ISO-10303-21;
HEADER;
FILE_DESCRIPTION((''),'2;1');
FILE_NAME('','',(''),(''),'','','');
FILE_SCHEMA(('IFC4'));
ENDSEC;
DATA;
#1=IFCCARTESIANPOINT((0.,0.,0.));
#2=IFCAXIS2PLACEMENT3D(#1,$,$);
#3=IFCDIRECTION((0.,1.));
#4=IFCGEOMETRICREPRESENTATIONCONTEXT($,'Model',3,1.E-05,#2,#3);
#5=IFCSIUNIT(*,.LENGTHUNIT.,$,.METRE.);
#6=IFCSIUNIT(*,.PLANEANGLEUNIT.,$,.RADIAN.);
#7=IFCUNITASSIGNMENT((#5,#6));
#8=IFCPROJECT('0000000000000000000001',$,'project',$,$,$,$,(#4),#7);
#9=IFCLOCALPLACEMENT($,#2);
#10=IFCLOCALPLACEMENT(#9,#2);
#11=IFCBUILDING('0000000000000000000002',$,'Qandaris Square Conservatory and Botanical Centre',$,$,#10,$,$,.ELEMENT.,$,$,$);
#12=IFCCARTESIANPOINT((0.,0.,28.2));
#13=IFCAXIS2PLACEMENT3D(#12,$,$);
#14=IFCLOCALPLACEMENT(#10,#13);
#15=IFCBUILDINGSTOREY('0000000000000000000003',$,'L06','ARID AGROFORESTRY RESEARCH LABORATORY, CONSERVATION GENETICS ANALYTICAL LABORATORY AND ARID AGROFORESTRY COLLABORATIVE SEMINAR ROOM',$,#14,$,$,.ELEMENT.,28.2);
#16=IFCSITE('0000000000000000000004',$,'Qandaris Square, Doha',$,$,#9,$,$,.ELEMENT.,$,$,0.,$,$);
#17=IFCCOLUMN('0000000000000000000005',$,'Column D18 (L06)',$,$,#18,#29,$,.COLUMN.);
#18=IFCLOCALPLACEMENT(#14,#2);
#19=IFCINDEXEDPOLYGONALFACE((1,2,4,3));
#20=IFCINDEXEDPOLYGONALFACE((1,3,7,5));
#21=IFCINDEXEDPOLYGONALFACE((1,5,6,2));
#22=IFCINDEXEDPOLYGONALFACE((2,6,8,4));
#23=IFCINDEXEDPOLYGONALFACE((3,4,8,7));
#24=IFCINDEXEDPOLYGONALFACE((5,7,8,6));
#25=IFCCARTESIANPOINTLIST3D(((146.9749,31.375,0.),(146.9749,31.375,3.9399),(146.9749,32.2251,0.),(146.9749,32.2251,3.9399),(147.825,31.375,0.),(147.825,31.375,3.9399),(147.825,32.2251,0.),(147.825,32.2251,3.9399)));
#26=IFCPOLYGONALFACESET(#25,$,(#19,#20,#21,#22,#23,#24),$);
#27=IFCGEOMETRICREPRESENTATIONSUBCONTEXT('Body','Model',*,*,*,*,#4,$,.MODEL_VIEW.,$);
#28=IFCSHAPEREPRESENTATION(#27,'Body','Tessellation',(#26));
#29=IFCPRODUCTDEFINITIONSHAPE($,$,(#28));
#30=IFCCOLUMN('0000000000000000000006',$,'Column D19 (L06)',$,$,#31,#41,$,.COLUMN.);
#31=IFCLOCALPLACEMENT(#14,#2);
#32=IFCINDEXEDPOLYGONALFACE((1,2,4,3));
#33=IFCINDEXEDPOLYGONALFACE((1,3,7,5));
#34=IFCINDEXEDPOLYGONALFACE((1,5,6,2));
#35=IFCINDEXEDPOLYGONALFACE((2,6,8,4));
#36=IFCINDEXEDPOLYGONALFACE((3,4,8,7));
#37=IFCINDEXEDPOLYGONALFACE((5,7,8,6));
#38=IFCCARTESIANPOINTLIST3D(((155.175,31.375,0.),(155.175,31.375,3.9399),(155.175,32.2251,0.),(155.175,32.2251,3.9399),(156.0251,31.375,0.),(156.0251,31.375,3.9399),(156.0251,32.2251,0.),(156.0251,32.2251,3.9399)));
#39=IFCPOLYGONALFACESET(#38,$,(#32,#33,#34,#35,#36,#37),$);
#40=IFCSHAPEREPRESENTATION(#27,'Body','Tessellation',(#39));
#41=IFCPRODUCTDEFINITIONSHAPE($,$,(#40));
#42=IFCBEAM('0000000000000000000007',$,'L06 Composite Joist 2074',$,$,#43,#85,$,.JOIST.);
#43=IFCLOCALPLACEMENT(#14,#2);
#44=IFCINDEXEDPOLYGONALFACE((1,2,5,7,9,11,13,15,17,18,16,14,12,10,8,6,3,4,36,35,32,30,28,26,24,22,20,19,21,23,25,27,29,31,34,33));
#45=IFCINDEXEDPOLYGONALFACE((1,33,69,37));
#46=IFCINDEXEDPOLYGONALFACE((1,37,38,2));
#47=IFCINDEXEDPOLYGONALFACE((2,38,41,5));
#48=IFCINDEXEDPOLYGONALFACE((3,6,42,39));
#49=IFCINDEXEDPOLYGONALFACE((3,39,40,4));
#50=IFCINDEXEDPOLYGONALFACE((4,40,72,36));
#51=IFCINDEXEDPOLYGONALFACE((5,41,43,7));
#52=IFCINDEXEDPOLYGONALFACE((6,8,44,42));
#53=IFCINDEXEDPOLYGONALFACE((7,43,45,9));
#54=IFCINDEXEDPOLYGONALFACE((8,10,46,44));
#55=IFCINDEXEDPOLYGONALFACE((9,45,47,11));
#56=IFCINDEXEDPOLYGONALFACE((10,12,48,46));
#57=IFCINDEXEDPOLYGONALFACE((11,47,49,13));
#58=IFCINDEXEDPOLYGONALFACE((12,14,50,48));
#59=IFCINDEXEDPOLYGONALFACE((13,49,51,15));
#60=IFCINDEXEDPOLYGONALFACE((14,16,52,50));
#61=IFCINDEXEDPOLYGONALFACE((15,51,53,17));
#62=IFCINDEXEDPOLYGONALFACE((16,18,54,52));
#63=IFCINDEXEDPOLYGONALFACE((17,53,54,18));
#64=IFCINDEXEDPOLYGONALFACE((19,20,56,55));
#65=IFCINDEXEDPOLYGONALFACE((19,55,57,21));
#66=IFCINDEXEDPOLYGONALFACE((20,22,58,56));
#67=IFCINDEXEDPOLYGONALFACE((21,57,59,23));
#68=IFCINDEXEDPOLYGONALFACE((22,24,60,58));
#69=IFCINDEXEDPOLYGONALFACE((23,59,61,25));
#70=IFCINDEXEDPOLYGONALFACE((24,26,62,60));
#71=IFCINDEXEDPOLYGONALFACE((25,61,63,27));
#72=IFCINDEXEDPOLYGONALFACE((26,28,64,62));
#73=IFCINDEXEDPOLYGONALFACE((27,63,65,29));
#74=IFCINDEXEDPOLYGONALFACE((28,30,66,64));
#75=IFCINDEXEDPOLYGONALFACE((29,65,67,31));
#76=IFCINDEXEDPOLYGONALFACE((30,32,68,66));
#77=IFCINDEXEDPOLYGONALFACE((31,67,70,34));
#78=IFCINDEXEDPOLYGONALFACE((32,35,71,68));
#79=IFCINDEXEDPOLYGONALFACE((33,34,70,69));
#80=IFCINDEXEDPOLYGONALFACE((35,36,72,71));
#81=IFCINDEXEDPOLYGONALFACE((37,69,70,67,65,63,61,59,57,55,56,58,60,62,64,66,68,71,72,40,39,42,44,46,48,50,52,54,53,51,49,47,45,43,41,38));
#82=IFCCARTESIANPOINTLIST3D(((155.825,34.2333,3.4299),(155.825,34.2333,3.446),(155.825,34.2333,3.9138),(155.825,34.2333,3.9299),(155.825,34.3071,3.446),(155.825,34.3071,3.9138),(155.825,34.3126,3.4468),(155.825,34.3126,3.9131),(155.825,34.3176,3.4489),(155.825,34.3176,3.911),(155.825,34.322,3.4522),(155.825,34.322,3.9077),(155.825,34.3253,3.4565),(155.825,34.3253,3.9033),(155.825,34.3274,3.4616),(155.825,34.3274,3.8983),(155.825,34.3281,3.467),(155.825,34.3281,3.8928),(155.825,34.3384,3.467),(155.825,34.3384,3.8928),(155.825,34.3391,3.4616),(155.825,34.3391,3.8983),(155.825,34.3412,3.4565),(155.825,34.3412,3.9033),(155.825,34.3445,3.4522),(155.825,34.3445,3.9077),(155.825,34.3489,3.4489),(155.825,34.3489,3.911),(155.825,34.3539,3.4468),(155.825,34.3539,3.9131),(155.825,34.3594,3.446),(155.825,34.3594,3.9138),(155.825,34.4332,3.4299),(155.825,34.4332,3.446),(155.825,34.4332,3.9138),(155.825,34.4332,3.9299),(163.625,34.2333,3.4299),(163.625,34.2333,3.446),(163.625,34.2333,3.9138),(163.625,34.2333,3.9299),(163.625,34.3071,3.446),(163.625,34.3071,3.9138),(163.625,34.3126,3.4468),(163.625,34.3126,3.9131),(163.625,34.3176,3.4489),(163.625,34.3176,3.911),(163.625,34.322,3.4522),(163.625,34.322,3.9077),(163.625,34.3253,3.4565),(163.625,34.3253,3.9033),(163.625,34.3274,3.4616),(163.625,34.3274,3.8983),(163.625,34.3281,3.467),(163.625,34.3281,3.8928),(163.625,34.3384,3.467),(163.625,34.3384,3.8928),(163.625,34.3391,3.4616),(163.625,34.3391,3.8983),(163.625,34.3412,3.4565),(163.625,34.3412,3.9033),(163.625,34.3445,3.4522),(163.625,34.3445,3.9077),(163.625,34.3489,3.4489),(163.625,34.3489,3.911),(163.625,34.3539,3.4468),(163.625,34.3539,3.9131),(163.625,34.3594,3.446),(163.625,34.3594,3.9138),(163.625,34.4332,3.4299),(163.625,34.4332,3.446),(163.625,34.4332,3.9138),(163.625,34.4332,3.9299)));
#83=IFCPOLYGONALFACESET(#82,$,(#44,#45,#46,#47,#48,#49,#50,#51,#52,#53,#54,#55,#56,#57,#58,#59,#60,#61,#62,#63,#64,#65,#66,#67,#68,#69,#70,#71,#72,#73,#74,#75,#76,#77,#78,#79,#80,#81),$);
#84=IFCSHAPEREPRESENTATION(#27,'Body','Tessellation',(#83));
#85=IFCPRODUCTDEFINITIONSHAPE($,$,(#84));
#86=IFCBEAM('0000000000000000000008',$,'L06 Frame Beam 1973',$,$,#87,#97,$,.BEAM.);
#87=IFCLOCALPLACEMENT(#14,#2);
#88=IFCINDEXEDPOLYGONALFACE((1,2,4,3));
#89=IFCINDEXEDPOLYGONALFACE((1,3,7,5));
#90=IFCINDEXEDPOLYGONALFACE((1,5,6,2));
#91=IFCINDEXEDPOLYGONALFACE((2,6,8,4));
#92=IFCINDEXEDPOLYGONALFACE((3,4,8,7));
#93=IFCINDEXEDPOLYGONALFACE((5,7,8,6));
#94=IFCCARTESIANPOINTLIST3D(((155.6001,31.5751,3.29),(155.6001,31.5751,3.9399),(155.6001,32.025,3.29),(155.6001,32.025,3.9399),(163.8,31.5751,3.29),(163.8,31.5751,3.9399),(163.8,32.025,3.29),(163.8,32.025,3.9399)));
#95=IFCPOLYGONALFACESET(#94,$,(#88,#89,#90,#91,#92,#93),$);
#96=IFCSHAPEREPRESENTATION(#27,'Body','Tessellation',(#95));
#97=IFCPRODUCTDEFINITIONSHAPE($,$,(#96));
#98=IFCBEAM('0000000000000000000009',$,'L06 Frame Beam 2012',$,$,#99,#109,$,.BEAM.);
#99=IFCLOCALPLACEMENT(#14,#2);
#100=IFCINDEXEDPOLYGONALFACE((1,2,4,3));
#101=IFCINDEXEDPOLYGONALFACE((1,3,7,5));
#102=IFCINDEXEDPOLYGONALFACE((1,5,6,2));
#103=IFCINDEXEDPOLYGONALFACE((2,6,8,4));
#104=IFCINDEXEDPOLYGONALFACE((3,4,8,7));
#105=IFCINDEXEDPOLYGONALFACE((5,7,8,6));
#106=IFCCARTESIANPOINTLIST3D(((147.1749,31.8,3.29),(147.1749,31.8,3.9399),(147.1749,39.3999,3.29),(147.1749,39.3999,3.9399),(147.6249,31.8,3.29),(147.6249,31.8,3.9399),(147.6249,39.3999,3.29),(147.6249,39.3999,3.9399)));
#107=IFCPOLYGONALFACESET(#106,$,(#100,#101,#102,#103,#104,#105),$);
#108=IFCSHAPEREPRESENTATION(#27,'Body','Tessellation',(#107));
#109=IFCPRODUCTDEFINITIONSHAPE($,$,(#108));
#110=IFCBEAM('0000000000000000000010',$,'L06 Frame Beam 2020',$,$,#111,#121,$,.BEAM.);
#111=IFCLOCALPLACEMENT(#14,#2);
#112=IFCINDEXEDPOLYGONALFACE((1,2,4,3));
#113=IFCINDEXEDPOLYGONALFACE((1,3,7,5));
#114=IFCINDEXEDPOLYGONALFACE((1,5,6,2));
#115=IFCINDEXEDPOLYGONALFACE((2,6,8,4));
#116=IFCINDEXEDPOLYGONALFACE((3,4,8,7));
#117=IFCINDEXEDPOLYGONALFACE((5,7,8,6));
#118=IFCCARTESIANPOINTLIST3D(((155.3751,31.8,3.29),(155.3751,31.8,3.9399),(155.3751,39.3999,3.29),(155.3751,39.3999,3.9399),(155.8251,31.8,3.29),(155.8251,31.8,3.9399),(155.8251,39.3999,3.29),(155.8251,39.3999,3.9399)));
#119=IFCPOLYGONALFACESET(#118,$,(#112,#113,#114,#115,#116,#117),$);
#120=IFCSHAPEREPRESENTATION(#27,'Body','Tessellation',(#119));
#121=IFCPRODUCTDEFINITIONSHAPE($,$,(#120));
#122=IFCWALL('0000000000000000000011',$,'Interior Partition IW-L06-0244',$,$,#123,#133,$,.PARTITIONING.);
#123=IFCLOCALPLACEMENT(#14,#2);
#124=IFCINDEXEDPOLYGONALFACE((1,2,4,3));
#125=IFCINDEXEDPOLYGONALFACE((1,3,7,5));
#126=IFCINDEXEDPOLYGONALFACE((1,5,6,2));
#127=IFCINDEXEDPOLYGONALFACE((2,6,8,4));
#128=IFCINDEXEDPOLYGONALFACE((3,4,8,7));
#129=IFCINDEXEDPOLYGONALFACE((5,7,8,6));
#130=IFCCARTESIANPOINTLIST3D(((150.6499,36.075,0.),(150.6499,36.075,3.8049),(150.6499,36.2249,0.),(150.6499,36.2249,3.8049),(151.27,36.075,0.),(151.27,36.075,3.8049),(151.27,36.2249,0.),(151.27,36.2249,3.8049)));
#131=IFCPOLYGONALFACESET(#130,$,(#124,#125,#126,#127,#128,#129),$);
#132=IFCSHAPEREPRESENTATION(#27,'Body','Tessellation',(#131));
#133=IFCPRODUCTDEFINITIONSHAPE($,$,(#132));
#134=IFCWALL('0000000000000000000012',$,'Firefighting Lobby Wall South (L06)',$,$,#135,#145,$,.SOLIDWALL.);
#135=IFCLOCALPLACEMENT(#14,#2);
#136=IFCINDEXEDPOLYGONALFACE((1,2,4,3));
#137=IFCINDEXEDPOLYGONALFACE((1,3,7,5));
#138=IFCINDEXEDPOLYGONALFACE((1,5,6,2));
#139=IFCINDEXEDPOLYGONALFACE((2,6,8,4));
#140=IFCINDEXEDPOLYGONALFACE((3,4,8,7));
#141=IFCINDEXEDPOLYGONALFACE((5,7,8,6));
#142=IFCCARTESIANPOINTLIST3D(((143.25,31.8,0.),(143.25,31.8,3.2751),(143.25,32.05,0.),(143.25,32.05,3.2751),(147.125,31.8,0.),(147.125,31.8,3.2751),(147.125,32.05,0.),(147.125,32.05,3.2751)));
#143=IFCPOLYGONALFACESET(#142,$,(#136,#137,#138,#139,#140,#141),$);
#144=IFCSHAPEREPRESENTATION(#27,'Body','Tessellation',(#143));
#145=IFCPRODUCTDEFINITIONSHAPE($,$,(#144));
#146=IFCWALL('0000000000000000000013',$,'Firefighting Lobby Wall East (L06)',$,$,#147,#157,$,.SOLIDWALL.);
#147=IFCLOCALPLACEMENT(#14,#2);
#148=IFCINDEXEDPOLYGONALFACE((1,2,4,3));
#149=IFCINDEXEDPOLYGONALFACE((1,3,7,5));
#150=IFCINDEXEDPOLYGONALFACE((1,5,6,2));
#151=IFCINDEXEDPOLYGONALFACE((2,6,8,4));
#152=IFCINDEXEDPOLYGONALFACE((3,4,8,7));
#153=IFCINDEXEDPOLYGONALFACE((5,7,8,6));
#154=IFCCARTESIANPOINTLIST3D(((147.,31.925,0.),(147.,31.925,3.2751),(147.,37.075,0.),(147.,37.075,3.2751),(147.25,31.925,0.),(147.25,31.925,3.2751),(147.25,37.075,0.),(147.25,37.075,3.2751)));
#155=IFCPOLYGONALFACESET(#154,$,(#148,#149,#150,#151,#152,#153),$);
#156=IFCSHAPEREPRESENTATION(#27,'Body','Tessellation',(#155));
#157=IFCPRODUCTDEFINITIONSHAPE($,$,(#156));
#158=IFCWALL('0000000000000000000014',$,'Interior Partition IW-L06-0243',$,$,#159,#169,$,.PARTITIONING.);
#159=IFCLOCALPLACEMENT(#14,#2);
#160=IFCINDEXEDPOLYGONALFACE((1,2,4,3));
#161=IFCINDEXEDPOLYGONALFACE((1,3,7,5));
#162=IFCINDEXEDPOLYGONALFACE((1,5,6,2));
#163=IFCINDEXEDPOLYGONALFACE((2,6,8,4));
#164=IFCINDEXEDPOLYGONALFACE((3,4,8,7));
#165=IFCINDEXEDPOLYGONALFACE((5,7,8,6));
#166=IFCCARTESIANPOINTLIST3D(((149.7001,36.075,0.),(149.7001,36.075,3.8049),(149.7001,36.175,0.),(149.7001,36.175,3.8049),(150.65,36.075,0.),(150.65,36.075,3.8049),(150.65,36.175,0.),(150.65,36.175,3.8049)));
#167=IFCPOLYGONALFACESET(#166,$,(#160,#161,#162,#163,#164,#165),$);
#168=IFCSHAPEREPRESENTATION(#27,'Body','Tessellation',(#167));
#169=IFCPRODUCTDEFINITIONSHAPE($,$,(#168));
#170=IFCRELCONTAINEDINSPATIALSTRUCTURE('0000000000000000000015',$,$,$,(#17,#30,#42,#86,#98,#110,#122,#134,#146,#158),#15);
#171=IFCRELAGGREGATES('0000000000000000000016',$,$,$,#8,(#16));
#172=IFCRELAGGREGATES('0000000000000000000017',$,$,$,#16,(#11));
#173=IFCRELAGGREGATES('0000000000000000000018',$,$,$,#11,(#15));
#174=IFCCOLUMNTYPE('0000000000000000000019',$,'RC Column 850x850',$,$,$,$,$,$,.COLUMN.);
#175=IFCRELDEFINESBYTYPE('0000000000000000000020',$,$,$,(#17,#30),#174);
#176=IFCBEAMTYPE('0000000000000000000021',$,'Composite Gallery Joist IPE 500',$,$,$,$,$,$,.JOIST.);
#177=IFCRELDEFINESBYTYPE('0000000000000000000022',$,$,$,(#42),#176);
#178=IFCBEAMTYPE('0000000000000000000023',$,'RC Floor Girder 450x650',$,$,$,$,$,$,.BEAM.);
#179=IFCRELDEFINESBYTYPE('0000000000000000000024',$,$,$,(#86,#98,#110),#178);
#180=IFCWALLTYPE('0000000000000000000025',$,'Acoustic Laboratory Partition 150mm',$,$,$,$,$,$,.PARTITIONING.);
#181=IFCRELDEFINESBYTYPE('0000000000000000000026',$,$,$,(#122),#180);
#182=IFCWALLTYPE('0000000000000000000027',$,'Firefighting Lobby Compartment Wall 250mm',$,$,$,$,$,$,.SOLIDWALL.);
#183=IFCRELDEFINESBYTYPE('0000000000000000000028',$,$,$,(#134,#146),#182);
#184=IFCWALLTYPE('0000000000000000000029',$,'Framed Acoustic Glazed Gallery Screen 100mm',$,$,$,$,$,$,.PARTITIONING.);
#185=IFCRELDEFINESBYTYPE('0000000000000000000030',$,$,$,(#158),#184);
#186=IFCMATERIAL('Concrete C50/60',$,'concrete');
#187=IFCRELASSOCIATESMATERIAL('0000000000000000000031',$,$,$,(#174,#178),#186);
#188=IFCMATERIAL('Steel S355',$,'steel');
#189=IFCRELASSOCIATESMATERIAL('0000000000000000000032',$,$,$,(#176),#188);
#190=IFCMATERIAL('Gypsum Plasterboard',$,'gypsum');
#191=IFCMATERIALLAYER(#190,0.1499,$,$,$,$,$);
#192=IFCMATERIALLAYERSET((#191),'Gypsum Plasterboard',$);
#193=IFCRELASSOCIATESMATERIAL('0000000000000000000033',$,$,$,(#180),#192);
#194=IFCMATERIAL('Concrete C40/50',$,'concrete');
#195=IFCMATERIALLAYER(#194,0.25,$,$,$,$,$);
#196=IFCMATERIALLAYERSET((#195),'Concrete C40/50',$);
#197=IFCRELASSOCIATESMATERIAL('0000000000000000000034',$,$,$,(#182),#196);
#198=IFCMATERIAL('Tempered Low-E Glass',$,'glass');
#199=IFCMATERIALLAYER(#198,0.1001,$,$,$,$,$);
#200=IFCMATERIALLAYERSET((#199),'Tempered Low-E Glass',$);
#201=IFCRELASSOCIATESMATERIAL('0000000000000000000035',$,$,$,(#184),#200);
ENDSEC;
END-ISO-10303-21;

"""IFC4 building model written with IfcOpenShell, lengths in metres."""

from ifc_helpers import new_model, si_unit, direction, frame, frame_2d, origin, origin_2d, place, context, subcontext, project, spatial, rectangle, i_section, extrude, material, layer, layer_set, material_profile, profile_set, type_object, element, save


model = new_model("IFC4")

# Units and contexts
model_context = context("Model", 3, precision=1e-05, world=origin(), true_north=direction((0.0, 1.0)))
body_context = subcontext(model_context, "Body", "Model", "MODEL_VIEW")
ifc_project = project(units=[si_unit("LENGTHUNIT", "METRE"), si_unit("PLANEANGLEUNIT", "RADIAN")], contexts=[model_context])

# Site, building, storey
site_placement = place(None, origin())
site = spatial("IfcSite", under=ifc_project, at=site_placement, Name="Qandaris Square, Doha", CompositionType="ELEMENT", RefElevation=0.0)
building_placement = place(site_placement, origin())
building = spatial("IfcBuilding", under=site, at=building_placement, Name="Qandaris Square Conservatory and Botanical Centre", CompositionType="ELEMENT")
storey_placement = place(building_placement, frame((0.0, 0.0, 28.2)))
storey = spatial("IfcBuildingStorey", under=building, at=storey_placement, Name="L06", Description="ARID AGROFORESTRY RESEARCH LABORATORY, CONSERVATION GENETICS ANALYTICAL LABORATORY AND ARID AGROFORESTRY COLLABORATIVE SEMINAR ROOM", CompositionType="ELEMENT", Elevation=28.2)

# Columns
ifc_material_1 = material(Name="Concrete C50/60", Category="concrete")
ifc_material_profile_1 = material_profile(ifc_material_1, rectangle(XDim=0.8501, YDim=0.8501, at=origin_2d()), Name="RC-COL 850x850")
ifc_profile_set_1 = profile_set([ifc_material_profile_1], Name="Concrete C50/60")
column_type = type_object("IfcColumnType", Name="RC Column 850x850", PredefinedType="COLUMN", material=ifc_profile_set_1)
for number, where, z_axis, x_axis, name in (
    (1, (147.3999, 31.8, 0.0), (0.0, 0.0, 1.0), (1.0, 0.0, 0.0), "Column D18 (L06)"),
    (2, (155.6001, 31.8, 0.0), (0.0, 0.0, 1.0), (1.0, 0.0, 0.0), "Column D19 (L06)"),
):
    element("IfcColumn", number, at=place(storey_placement, frame(where, z_axis=z_axis, x_axis=x_axis)), inside=storey, type_object=column_type, Name=name, PredefinedType="COLUMN", context=body_context, shape_type="SweptSolid", body=[
        extrude(rectangle(XDim=0.8501, YDim=0.8501, at=origin_2d()), origin(), (0.0, 0.0, 1.0), 3.9399),
    ])

# Beams
ifc_material_2 = material(Name="Steel S355", Category="steel")
ifc_material_profile_2 = material_profile(ifc_material_2, i_section(OverallWidth=0.2, OverallDepth=0.5, WebThickness=0.0103, FlangeThickness=0.0161, FilletRadius=0.021, at=origin_2d()), Name="IPE 500")
ifc_profile_set_2 = profile_set([ifc_material_profile_2], Name="Steel S355")
beam_type_1 = type_object("IfcBeamType", Name="Composite Gallery Joist IPE 500", PredefinedType="JOIST", material=ifc_profile_set_2)
beam_1_placement = place(storey_placement, frame((155.825, 34.3333, 3.6799), z_axis=(1.0, 0.0, 0.0), x_axis=(0.0, 1.0, 0.0)))
element("IfcBeam", 3, at=beam_1_placement, inside=storey, type_object=beam_type_1, Name="L06 Composite Joist 2074", PredefinedType="JOIST", context=body_context, shape_type="SweptSolid", body=[
    extrude(i_section(OverallWidth=0.2, OverallDepth=0.5, WebThickness=0.0103, FlangeThickness=0.0161, FilletRadius=0.021, at=origin_2d()), origin(), (0.0, 0.0, 1.0), 7.8),
])
ifc_material_profile_3 = material_profile(ifc_material_1, rectangle(XDim=0.45, YDim=0.6499, at=origin_2d()), Name="RC-BM 450x650")
ifc_profile_set_3 = profile_set([ifc_material_profile_3], Name="Concrete C50/60")
beam_type_2 = type_object("IfcBeamType", Name="RC Floor Girder 450x650", PredefinedType="BEAM", material=ifc_profile_set_3)
beam_2_placement = place(storey_placement, frame((155.6001, 31.8, 3.615), z_axis=(1.0, 0.0, 0.0), x_axis=(0.0, 1.0, 0.0)))
element("IfcBeam", 4, at=beam_2_placement, inside=storey, type_object=beam_type_2, Name="L06 Frame Beam 1973", PredefinedType="BEAM", context=body_context, shape_type="SweptSolid", body=[
    extrude(rectangle(XDim=0.45, YDim=0.6499, at=origin_2d()), origin(), (0.0, 0.0, 1.0), 8.2),
])
for number, where, z_axis, x_axis, name in (
    (5, (147.3999, 31.8, 3.615), (0.0, 1.0, 0.0), (-1.0, 0.0, 0.0), "L06 Frame Beam 2012"),
    (6, (155.6001, 31.8, 3.615), (0.0, 1.0, 0.0), (-1.0, 0.0, 0.0), "L06 Frame Beam 2020"),
):
    element("IfcBeam", number, at=place(storey_placement, frame(where, z_axis=z_axis, x_axis=x_axis)), inside=storey, type_object=beam_type_2, Name=name, PredefinedType="BEAM", context=body_context, shape_type="SweptSolid", body=[
        extrude(rectangle(XDim=0.45, YDim=0.6499, at=origin_2d()), origin(), (0.0, 0.0, 1.0), 7.5999),
    ])

# Walls
ifc_material_3 = material(Name="Gypsum Plasterboard", Category="gypsum")
ifc_layer_1 = layer(ifc_material_3, 0.1499)
ifc_layer_set_1 = layer_set([ifc_layer_1], Name="Gypsum Plasterboard")
wall_type_1 = type_object("IfcWallType", Name="Acoustic Laboratory Partition 150mm", PredefinedType="PARTITIONING", material=ifc_layer_set_1)
wall_1_placement = place(storey_placement, frame((150.6499, 36.1499, 0.0), z_axis=(0.0, 0.0, 1.0), x_axis=(1.0, 0.0, 0.0)))
element("IfcWall", 7, at=wall_1_placement, inside=storey, type_object=wall_type_1, Name="Interior Partition IW-L06-0244", PredefinedType="PARTITIONING", context=body_context, shape_type="SweptSolid", body=[
    extrude(rectangle(XDim=0.6201, YDim=0.1499, at=frame_2d((0.3101, 0.0))), origin(), (0.0, 0.0, 1.0), 3.8049),
])
ifc_material_4 = material(Name="Concrete C40/50", Category="concrete")
ifc_layer_2 = layer(ifc_material_4, 0.25)
ifc_layer_set_2 = layer_set([ifc_layer_2], Name="Concrete C40/50")
wall_type_2 = type_object("IfcWallType", Name="Firefighting Lobby Compartment Wall 250mm", PredefinedType="SOLIDWALL", material=ifc_layer_set_2)
wall_2_placement = place(storey_placement, frame((143.25, 31.925, 0.0), z_axis=(0.0, 0.0, 1.0), x_axis=(1.0, 0.0, 0.0)))
element("IfcWall", 8, at=wall_2_placement, inside=storey, type_object=wall_type_2, Name="Firefighting Lobby Wall South (L06)", PredefinedType="SOLIDWALL", context=body_context, shape_type="SweptSolid", body=[
    extrude(rectangle(XDim=3.875, YDim=0.25, at=frame_2d((1.9375, 0.0))), origin(), (0.0, 0.0, 1.0), 3.2751),
])
wall_3_placement = place(storey_placement, frame((147.125, 31.925, 0.0), z_axis=(0.0, 0.0, 1.0), x_axis=(0.0, 1.0, 0.0)))
element("IfcWall", 9, at=wall_3_placement, inside=storey, type_object=wall_type_2, Name="Firefighting Lobby Wall East (L06)", PredefinedType="SOLIDWALL", context=body_context, shape_type="SweptSolid", body=[
    extrude(rectangle(XDim=5.1499, YDim=0.25, at=frame_2d((2.575, 0.0))), origin(), (0.0, 0.0, 1.0), 3.2751),
])
ifc_material_5 = material(Name="Tempered Low-E Glass", Category="glass")
ifc_layer_3 = layer(ifc_material_5, 0.1001)
ifc_layer_set_3 = layer_set([ifc_layer_3], Name="Tempered Low-E Glass")
wall_type_3 = type_object("IfcWallType", Name="Framed Acoustic Glazed Gallery Screen 100mm", PredefinedType="PARTITIONING", material=ifc_layer_set_3)
wall_4_placement = place(storey_placement, frame((149.7, 36.125, 0.0), z_axis=(0.0, 0.0, 1.0), x_axis=(1.0, 0.0, 0.0)))
element("IfcWall", 10, at=wall_4_placement, inside=storey, type_object=wall_type_3, Name="Interior Partition IW-L06-0243", PredefinedType="PARTITIONING", context=body_context, shape_type="SweptSolid", body=[
    extrude(rectangle(XDim=0.95, YDim=0.1001, at=frame_2d((0.4751, 0.0))), origin(), (0.0, 0.0, 1.0), 3.8049),
])

save(model, "model.ifc")
